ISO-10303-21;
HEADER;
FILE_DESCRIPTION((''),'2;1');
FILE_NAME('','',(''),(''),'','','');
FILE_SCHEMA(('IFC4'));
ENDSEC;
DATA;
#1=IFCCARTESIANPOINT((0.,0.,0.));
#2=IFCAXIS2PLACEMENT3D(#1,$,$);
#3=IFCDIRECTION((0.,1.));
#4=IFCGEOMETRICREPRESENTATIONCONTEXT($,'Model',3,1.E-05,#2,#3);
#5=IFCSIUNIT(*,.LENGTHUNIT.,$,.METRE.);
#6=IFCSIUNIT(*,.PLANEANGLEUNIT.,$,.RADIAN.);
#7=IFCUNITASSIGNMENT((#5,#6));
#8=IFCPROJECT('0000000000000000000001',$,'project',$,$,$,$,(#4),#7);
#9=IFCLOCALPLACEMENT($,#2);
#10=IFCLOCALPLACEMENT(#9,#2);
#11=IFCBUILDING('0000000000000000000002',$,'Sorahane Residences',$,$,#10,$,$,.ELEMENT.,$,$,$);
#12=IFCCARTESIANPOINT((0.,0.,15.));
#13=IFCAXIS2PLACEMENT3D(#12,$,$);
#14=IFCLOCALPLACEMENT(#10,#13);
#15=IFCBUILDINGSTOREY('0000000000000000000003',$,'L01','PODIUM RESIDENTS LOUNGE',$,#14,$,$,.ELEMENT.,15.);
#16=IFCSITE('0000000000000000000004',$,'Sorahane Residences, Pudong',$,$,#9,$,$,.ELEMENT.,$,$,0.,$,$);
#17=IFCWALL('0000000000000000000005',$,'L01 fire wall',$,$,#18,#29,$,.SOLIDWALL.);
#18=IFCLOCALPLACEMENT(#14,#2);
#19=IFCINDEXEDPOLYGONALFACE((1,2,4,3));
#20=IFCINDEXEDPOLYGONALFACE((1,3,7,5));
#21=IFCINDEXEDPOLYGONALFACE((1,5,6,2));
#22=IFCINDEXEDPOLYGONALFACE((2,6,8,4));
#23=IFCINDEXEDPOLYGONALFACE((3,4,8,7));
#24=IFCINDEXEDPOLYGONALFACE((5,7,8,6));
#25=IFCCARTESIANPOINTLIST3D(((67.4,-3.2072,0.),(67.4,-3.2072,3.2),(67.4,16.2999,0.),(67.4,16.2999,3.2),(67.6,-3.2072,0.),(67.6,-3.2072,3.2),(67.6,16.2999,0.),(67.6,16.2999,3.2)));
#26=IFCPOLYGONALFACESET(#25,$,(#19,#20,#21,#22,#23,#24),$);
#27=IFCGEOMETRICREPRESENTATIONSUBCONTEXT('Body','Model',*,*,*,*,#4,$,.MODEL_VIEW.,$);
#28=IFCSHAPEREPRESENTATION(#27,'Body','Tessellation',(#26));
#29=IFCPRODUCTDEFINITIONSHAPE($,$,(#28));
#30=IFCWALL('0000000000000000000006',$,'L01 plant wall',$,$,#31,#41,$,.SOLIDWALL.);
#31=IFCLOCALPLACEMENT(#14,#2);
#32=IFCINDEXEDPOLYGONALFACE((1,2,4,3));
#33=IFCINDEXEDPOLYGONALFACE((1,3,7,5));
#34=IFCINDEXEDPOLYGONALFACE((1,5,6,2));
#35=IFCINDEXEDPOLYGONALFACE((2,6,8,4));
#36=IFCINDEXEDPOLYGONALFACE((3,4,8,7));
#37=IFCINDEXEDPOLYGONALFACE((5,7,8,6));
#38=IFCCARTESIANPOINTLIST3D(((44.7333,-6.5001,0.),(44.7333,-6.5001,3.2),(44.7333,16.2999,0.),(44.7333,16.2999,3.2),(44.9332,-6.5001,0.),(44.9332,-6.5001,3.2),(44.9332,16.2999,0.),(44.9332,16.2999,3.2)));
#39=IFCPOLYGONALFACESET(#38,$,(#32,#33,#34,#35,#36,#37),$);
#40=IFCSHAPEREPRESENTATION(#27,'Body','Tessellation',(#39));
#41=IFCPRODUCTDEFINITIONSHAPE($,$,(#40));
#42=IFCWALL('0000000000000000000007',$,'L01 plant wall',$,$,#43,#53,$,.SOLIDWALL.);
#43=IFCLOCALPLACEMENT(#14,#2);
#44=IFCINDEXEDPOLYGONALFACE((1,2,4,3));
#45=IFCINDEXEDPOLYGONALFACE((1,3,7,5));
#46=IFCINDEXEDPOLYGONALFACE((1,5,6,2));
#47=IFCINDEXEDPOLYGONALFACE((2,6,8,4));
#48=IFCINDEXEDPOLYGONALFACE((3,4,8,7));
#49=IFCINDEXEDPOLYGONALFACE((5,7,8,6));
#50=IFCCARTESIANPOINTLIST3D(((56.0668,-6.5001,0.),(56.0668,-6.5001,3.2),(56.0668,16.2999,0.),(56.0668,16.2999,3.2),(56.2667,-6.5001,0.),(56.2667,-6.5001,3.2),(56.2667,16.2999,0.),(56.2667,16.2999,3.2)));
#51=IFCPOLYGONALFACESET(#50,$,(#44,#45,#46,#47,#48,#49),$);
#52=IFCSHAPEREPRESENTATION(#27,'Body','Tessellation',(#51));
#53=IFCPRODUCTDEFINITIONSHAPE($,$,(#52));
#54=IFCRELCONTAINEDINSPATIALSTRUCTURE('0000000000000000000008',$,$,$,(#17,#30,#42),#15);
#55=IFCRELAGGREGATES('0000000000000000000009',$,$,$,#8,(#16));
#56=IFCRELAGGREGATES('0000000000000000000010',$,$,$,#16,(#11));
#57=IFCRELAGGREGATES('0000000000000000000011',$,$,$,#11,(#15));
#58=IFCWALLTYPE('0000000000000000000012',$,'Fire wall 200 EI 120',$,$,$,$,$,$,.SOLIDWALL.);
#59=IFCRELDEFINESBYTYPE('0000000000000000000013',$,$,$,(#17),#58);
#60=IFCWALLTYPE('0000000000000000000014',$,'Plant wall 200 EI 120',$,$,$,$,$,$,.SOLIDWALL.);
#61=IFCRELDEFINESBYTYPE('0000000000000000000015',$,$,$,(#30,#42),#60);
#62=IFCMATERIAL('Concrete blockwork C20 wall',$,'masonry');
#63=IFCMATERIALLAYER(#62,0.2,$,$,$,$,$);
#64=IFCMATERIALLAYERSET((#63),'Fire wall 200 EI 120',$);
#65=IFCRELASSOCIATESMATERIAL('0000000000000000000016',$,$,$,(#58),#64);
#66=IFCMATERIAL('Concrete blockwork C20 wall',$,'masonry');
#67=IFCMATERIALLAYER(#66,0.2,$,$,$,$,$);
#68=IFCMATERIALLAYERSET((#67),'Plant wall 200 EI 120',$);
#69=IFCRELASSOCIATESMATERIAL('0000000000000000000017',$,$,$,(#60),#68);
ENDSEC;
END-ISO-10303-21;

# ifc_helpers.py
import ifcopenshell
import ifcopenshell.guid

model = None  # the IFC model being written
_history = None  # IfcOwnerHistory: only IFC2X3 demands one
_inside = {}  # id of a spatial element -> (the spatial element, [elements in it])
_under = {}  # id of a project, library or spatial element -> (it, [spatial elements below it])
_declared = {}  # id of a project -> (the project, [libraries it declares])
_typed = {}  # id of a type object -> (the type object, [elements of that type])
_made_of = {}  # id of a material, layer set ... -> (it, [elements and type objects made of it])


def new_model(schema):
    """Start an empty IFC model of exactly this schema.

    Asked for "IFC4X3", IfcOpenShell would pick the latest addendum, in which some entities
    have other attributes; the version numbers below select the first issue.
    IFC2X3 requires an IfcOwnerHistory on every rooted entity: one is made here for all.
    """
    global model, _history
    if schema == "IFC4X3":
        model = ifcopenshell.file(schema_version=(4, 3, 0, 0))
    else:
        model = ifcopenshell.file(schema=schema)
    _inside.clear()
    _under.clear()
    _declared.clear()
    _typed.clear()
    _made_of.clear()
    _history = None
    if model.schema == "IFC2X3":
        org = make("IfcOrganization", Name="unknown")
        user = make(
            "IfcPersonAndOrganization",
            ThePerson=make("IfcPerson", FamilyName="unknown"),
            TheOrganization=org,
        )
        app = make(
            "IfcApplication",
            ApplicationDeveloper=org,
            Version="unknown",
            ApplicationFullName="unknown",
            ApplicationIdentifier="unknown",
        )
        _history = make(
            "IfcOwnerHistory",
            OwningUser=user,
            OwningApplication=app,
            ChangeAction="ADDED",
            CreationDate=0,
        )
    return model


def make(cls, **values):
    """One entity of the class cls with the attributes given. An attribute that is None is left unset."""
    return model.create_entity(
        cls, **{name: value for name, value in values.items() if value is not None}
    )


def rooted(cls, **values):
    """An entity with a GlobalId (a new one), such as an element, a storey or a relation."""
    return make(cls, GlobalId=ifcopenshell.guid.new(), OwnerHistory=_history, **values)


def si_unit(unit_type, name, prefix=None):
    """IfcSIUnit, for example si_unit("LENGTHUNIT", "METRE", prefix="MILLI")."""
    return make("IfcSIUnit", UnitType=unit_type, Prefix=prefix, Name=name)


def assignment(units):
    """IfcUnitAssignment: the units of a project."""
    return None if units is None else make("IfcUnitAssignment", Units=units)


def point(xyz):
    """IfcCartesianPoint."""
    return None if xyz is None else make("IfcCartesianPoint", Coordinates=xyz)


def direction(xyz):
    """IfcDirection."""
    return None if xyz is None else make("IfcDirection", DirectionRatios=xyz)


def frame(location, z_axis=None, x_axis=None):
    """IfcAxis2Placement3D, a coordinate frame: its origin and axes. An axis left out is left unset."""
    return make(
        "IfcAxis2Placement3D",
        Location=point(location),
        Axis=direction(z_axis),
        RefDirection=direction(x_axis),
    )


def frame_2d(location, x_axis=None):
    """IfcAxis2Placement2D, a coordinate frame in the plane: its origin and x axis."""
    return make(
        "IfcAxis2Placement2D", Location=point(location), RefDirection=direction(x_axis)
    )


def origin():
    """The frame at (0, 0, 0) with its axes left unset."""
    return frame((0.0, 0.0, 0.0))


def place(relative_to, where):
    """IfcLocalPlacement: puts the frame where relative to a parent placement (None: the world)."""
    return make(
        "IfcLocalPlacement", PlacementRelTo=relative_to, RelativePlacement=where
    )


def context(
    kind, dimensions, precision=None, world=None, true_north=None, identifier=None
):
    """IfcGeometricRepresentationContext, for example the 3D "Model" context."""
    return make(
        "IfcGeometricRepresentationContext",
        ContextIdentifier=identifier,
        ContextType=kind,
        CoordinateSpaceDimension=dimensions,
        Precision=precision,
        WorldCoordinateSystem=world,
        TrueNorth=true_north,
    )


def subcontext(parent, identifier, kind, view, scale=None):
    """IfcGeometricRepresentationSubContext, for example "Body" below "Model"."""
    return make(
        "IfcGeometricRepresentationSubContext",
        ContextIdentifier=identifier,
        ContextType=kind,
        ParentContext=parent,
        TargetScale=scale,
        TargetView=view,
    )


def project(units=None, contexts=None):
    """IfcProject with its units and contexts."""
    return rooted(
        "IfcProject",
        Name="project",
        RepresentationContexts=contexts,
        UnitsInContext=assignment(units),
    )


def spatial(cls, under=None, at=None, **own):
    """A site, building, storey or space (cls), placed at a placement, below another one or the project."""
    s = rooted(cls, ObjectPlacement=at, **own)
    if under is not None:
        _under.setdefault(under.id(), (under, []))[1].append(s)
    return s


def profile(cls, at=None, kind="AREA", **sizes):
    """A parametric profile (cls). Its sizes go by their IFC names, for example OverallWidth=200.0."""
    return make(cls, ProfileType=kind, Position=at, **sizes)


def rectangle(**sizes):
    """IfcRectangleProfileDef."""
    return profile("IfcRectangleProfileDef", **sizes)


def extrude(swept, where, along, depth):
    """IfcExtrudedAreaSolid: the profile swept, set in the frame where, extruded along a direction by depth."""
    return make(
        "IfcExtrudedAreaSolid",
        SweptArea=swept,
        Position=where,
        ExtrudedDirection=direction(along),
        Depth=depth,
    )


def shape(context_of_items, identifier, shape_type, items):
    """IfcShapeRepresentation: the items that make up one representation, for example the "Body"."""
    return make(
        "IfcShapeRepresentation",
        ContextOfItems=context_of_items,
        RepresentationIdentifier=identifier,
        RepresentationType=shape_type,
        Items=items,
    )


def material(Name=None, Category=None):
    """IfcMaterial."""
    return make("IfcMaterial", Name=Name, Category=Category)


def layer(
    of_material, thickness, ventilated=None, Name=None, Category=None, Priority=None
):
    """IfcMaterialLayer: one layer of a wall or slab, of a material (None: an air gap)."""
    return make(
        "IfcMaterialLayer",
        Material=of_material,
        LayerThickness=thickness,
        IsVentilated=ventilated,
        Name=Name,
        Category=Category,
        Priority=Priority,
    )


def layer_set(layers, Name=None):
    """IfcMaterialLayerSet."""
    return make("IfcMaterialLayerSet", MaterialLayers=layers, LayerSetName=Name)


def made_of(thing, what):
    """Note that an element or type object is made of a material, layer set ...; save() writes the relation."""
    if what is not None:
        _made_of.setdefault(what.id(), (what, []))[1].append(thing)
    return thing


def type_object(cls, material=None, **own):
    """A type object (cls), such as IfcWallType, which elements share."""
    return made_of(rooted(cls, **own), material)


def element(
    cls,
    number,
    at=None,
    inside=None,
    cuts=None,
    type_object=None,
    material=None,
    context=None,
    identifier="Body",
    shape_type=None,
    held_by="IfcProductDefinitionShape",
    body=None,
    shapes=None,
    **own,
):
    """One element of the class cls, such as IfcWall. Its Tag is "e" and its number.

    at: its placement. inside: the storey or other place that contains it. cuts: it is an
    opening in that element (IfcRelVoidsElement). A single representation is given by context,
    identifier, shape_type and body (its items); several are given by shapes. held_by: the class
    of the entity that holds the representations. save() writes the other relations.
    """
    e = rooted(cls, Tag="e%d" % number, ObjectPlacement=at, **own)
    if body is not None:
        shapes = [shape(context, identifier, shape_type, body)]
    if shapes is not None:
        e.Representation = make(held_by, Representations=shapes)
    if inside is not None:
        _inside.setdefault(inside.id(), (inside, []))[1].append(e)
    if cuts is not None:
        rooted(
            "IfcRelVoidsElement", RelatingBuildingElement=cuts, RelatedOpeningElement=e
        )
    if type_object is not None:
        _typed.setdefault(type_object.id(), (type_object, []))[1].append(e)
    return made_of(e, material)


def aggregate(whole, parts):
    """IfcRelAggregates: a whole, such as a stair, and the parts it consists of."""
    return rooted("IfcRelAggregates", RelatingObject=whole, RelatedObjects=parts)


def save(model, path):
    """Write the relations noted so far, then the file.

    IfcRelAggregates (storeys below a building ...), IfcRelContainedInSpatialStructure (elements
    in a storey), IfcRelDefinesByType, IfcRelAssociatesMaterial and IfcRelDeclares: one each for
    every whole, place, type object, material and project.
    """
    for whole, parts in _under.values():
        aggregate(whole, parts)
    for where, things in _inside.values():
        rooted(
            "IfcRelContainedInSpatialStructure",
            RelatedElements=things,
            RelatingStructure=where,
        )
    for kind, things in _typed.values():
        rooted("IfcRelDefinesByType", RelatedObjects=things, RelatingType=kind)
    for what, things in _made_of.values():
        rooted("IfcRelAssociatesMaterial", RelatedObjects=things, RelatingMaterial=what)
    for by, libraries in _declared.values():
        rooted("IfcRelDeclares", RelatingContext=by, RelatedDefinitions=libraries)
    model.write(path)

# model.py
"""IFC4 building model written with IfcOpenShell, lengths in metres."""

from ifc_helpers import new_model, si_unit, direction, frame, frame_2d, origin, place, context, subcontext, project, spatial, rectangle, extrude, material, layer, layer_set, type_object, element, save


model = new_model("IFC4")

# Units and contexts
model_context = context("Model", 3, precision=1e-05, world=origin(), true_north=direction((0.0, 1.0)))
body_context = subcontext(model_context, "Body", "Model", "MODEL_VIEW")
ifc_project = project(units=[si_unit("LENGTHUNIT", "METRE"), si_unit("PLANEANGLEUNIT", "RADIAN")], contexts=[model_context])

# Site, building, storey
site_placement = place(None, origin())
site = spatial("IfcSite", under=ifc_project, at=site_placement, Name="Sorahane Residences, Pudong", CompositionType="ELEMENT", RefElevation=0.0)
building_placement = place(site_placement, origin())
building = spatial("IfcBuilding", under=site, at=building_placement, Name="Sorahane Residences", CompositionType="ELEMENT")
storey_placement = place(building_placement, frame((0.0, 0.0, 15.0)))
storey = spatial("IfcBuildingStorey", under=building, at=storey_placement, Name="L01", Description="PODIUM RESIDENTS LOUNGE", CompositionType="ELEMENT", Elevation=15.0)

# Walls
ifc_material_1 = material(Name="Concrete blockwork C20 wall", Category="masonry")
ifc_layer_1 = layer(ifc_material_1, 0.2)
ifc_layer_set_1 = layer_set([ifc_layer_1], Name="Fire wall 200 EI 120")
wall_type_1 = type_object("IfcWallType", Name="Fire wall 200 EI 120", PredefinedType="SOLIDWALL", material=ifc_layer_set_1)
wall_1_placement = place(storey_placement, frame((67.5, -3.207, 0.0), z_axis=(0.0, 0.0, 1.0), x_axis=(0.0, 1.0, 0.0)))
element("IfcWall", 1, at=wall_1_placement, inside=storey, type_object=wall_type_1, Name="L01 fire wall", PredefinedType="SOLIDWALL", context=body_context, shape_type="SweptSolid", body=[
    extrude(rectangle(XDim=19.5071, YDim=0.2, at=frame_2d((9.7534, 0.0))), origin(), (0.0, 0.0, 1.0), 3.2),
])
ifc_material_2 = material(Name="Concrete blockwork C20 wall", Category="masonry")
ifc_layer_2 = layer(ifc_material_2, 0.2)
ifc_layer_set_2 = layer_set([ifc_layer_2], Name="Plant wall 200 EI 120")
wall_type_2 = type_object("IfcWallType", Name="Plant wall 200 EI 120", PredefinedType="SOLIDWALL", material=ifc_layer_set_2)
for number, where, z_axis, x_axis, name in (
    (2, (44.8333, -6.5, 0.0), (0.0, 0.0, 1.0), (0.0, 1.0, 0.0), "L01 plant wall"),
    (3, (56.1667, -6.5, 0.0), (0.0, 0.0, 1.0), (0.0, 1.0, 0.0), "L01 plant wall"),
):
    element("IfcWall", number, at=place(storey_placement, frame(where, z_axis=z_axis, x_axis=x_axis)), inside=storey, type_object=wall_type_2, Name=name, PredefinedType="SOLIDWALL", context=body_context, shape_type="SweptSolid", body=[
        extrude(rectangle(XDim=22.8, YDim=0.2, at=frame_2d((11.3999, 0.0))), origin(), (0.0, 0.0, 1.0), 3.2),
    ])

save(model, "model.ifc")
